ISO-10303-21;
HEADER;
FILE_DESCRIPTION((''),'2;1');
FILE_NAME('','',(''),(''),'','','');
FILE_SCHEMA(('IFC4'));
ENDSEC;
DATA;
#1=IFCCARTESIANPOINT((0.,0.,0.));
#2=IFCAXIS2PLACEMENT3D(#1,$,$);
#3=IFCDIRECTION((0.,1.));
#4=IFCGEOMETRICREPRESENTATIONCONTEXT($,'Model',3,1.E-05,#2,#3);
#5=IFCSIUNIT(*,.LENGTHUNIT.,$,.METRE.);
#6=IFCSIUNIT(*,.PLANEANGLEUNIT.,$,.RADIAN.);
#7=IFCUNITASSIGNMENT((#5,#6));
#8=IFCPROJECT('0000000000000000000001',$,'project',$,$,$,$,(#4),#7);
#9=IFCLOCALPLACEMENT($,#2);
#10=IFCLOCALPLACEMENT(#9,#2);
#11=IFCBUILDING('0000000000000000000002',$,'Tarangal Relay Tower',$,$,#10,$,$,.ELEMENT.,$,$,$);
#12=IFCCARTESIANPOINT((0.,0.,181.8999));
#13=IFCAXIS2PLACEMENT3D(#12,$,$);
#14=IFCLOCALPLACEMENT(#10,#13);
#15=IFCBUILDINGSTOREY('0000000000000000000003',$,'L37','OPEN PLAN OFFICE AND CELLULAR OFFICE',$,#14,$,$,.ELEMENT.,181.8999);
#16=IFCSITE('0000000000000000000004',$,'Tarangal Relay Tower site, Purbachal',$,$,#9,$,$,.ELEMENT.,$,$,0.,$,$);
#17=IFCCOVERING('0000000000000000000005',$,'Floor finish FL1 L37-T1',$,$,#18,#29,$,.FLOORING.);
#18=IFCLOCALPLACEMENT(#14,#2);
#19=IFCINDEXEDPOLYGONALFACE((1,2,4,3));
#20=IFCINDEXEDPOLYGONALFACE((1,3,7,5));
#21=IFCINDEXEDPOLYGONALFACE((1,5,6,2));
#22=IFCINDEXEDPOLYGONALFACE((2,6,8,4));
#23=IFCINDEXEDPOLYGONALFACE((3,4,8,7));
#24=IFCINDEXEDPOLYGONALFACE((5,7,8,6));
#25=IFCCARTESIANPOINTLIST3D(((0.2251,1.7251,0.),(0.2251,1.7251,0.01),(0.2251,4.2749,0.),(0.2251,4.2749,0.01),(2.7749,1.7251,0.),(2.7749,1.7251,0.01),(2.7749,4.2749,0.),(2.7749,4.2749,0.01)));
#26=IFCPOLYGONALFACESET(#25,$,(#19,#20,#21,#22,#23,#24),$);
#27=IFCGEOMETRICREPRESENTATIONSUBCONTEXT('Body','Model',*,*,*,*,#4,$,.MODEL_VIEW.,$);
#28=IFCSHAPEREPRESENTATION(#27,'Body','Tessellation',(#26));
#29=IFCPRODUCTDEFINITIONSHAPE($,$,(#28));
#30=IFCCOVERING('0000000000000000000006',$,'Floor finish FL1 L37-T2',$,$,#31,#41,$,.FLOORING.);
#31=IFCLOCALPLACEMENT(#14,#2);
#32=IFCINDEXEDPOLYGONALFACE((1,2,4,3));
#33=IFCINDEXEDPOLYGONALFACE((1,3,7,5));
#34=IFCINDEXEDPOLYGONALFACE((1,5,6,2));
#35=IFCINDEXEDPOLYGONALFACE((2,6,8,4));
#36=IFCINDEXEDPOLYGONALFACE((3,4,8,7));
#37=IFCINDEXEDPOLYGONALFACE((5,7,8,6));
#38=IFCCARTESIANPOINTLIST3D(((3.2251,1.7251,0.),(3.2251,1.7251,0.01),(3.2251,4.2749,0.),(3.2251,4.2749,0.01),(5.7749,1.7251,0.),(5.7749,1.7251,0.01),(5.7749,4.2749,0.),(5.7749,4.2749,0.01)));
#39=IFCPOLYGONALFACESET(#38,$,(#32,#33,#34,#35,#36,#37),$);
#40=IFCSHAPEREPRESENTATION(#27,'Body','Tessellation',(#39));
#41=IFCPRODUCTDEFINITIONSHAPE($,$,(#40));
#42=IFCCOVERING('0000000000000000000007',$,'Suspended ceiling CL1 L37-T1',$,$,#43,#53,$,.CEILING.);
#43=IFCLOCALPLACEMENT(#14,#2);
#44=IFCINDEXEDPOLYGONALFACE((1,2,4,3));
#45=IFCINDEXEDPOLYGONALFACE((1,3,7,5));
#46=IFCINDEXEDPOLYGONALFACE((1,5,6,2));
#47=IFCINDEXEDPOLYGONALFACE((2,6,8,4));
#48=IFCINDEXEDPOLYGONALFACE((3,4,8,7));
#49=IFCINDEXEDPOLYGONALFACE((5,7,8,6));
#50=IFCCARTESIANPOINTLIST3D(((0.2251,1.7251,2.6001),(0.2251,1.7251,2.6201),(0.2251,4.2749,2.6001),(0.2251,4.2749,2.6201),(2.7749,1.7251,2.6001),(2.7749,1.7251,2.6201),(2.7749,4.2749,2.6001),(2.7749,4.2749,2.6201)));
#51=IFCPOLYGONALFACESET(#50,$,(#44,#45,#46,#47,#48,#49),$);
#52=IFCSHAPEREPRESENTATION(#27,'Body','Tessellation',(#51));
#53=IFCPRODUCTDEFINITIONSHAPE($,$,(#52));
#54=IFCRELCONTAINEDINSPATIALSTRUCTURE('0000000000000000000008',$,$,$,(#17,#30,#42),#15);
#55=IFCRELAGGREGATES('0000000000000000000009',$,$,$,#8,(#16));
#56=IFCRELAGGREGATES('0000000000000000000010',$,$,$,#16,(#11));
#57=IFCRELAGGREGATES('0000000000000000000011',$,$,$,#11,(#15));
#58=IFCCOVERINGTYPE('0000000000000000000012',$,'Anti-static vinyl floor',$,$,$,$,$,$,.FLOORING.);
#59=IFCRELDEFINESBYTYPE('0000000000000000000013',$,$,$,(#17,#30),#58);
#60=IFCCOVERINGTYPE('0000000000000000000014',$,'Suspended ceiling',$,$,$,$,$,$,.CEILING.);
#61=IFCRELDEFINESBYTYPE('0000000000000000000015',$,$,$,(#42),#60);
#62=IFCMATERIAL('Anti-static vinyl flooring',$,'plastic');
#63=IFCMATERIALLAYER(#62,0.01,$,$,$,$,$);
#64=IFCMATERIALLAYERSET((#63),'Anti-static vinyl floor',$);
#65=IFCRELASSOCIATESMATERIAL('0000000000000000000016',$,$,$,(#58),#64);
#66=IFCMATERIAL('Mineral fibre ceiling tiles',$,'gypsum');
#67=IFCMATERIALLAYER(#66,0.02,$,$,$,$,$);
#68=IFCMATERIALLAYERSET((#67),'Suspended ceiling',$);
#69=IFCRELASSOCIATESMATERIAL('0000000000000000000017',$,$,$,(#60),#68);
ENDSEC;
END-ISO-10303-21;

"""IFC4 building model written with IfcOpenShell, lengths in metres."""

from ifc_helpers import new_model, si_unit, direction, frame, origin, place, context, subcontext, project, spatial, polyline, outline, extrude, material, layer, layer_set, type_object, element, save


model = new_model("IFC4")

# Units and contexts
model_context = context("Model", 3, precision=1e-05, world=origin(), true_north=direction((0.0, 1.0)))
body_context = subcontext(model_context, "Body", "Model", "MODEL_VIEW")
ifc_project = project(units=[si_unit("LENGTHUNIT", "METRE"), si_unit("PLANEANGLEUNIT", "RADIAN")], contexts=[model_context])

# Site, building, storey
site_placement = place(None, origin())
site = spatial("IfcSite", under=ifc_project, at=site_placement, Name="Tarangal Relay Tower site, Purbachal", CompositionType="ELEMENT", RefElevation=0.0)
building_placement = place(site_placement, origin())
building = spatial("IfcBuilding", under=site, at=building_placement, Name="Tarangal Relay Tower", CompositionType="ELEMENT")
storey_placement = place(building_placement, frame((0.0, 0.0, 181.8999)))
storey = spatial("IfcBuildingStorey", under=building, at=storey_placement, Name="L37", Description="OPEN PLAN OFFICE AND CELLULAR OFFICE", CompositionType="ELEMENT", Elevation=181.8999)

# Coverings
ifc_material_1 = material(Name="Anti-static vinyl flooring", Category="plastic")
ifc_layer_1 = layer(ifc_material_1, 0.01)
ifc_layer_set_1 = layer_set([ifc_layer_1], Name="Anti-static vinyl floor")
covering_type_1 = type_object("IfcCoveringType", Name="Anti-static vinyl floor", PredefinedType="FLOORING", material=ifc_layer_set_1)
covering_1_placement = place(storey_placement, origin())
element("IfcCovering", 1, at=covering_1_placement, inside=storey, type_object=covering_type_1, Name="Floor finish FL1 L37-T1", PredefinedType="FLOORING", context=body_context, shape_type="SweptSolid", body=[
    extrude(outline(polyline([(0.2251, 1.7251), (2.7749, 1.7251), (2.7749, 4.2749), (0.2251, 4.2749), (0.2251, 1.7251)])), origin(), (0.0, 0.0, 1.0), 0.01),
])
covering_2_placement = place(storey_placement, origin())
element("IfcCovering", 2, at=covering_2_placement, inside=storey, type_object=covering_type_1, Name="Floor finish FL1 L37-T2", PredefinedType="FLOORING", context=body_context, shape_type="SweptSolid", body=[
    extrude(outline(polyline([(3.2251, 1.7251), (5.7749, 1.7251), (5.7749, 4.2749), (3.2251, 4.2749), (3.2251, 1.7251)])), origin(), (0.0, 0.0, 1.0), 0.01),
])
ifc_material_2 = material(Name="Mineral fibre ceiling tiles", Category="gypsum")
ifc_layer_2 = layer(ifc_material_2, 0.02)
ifc_layer_set_2 = layer_set([ifc_layer_2], Name="Suspended ceiling")
covering_type_2 = type_object("IfcCoveringType", Name="Suspended ceiling", PredefinedType="CEILING", material=ifc_layer_set_2)
covering_3_placement = place(storey_placement, frame((0.0, 0.0, 2.6001)))
element("IfcCovering", 3, at=covering_3_placement, inside=storey, type_object=covering_type_2, Name="Suspended ceiling CL1 L37-T1", PredefinedType="CEILING", context=body_context, shape_type="SweptSolid", body=[
    extrude(outline(polyline([(0.2251, 1.7251), (2.7749, 1.7251), (2.7749, 4.2749), (0.2251, 4.2749), (0.2251, 1.7251)])), origin(), (0.0, 0.0, 1.0), 0.02),
])

save(model, "model.ifc")
